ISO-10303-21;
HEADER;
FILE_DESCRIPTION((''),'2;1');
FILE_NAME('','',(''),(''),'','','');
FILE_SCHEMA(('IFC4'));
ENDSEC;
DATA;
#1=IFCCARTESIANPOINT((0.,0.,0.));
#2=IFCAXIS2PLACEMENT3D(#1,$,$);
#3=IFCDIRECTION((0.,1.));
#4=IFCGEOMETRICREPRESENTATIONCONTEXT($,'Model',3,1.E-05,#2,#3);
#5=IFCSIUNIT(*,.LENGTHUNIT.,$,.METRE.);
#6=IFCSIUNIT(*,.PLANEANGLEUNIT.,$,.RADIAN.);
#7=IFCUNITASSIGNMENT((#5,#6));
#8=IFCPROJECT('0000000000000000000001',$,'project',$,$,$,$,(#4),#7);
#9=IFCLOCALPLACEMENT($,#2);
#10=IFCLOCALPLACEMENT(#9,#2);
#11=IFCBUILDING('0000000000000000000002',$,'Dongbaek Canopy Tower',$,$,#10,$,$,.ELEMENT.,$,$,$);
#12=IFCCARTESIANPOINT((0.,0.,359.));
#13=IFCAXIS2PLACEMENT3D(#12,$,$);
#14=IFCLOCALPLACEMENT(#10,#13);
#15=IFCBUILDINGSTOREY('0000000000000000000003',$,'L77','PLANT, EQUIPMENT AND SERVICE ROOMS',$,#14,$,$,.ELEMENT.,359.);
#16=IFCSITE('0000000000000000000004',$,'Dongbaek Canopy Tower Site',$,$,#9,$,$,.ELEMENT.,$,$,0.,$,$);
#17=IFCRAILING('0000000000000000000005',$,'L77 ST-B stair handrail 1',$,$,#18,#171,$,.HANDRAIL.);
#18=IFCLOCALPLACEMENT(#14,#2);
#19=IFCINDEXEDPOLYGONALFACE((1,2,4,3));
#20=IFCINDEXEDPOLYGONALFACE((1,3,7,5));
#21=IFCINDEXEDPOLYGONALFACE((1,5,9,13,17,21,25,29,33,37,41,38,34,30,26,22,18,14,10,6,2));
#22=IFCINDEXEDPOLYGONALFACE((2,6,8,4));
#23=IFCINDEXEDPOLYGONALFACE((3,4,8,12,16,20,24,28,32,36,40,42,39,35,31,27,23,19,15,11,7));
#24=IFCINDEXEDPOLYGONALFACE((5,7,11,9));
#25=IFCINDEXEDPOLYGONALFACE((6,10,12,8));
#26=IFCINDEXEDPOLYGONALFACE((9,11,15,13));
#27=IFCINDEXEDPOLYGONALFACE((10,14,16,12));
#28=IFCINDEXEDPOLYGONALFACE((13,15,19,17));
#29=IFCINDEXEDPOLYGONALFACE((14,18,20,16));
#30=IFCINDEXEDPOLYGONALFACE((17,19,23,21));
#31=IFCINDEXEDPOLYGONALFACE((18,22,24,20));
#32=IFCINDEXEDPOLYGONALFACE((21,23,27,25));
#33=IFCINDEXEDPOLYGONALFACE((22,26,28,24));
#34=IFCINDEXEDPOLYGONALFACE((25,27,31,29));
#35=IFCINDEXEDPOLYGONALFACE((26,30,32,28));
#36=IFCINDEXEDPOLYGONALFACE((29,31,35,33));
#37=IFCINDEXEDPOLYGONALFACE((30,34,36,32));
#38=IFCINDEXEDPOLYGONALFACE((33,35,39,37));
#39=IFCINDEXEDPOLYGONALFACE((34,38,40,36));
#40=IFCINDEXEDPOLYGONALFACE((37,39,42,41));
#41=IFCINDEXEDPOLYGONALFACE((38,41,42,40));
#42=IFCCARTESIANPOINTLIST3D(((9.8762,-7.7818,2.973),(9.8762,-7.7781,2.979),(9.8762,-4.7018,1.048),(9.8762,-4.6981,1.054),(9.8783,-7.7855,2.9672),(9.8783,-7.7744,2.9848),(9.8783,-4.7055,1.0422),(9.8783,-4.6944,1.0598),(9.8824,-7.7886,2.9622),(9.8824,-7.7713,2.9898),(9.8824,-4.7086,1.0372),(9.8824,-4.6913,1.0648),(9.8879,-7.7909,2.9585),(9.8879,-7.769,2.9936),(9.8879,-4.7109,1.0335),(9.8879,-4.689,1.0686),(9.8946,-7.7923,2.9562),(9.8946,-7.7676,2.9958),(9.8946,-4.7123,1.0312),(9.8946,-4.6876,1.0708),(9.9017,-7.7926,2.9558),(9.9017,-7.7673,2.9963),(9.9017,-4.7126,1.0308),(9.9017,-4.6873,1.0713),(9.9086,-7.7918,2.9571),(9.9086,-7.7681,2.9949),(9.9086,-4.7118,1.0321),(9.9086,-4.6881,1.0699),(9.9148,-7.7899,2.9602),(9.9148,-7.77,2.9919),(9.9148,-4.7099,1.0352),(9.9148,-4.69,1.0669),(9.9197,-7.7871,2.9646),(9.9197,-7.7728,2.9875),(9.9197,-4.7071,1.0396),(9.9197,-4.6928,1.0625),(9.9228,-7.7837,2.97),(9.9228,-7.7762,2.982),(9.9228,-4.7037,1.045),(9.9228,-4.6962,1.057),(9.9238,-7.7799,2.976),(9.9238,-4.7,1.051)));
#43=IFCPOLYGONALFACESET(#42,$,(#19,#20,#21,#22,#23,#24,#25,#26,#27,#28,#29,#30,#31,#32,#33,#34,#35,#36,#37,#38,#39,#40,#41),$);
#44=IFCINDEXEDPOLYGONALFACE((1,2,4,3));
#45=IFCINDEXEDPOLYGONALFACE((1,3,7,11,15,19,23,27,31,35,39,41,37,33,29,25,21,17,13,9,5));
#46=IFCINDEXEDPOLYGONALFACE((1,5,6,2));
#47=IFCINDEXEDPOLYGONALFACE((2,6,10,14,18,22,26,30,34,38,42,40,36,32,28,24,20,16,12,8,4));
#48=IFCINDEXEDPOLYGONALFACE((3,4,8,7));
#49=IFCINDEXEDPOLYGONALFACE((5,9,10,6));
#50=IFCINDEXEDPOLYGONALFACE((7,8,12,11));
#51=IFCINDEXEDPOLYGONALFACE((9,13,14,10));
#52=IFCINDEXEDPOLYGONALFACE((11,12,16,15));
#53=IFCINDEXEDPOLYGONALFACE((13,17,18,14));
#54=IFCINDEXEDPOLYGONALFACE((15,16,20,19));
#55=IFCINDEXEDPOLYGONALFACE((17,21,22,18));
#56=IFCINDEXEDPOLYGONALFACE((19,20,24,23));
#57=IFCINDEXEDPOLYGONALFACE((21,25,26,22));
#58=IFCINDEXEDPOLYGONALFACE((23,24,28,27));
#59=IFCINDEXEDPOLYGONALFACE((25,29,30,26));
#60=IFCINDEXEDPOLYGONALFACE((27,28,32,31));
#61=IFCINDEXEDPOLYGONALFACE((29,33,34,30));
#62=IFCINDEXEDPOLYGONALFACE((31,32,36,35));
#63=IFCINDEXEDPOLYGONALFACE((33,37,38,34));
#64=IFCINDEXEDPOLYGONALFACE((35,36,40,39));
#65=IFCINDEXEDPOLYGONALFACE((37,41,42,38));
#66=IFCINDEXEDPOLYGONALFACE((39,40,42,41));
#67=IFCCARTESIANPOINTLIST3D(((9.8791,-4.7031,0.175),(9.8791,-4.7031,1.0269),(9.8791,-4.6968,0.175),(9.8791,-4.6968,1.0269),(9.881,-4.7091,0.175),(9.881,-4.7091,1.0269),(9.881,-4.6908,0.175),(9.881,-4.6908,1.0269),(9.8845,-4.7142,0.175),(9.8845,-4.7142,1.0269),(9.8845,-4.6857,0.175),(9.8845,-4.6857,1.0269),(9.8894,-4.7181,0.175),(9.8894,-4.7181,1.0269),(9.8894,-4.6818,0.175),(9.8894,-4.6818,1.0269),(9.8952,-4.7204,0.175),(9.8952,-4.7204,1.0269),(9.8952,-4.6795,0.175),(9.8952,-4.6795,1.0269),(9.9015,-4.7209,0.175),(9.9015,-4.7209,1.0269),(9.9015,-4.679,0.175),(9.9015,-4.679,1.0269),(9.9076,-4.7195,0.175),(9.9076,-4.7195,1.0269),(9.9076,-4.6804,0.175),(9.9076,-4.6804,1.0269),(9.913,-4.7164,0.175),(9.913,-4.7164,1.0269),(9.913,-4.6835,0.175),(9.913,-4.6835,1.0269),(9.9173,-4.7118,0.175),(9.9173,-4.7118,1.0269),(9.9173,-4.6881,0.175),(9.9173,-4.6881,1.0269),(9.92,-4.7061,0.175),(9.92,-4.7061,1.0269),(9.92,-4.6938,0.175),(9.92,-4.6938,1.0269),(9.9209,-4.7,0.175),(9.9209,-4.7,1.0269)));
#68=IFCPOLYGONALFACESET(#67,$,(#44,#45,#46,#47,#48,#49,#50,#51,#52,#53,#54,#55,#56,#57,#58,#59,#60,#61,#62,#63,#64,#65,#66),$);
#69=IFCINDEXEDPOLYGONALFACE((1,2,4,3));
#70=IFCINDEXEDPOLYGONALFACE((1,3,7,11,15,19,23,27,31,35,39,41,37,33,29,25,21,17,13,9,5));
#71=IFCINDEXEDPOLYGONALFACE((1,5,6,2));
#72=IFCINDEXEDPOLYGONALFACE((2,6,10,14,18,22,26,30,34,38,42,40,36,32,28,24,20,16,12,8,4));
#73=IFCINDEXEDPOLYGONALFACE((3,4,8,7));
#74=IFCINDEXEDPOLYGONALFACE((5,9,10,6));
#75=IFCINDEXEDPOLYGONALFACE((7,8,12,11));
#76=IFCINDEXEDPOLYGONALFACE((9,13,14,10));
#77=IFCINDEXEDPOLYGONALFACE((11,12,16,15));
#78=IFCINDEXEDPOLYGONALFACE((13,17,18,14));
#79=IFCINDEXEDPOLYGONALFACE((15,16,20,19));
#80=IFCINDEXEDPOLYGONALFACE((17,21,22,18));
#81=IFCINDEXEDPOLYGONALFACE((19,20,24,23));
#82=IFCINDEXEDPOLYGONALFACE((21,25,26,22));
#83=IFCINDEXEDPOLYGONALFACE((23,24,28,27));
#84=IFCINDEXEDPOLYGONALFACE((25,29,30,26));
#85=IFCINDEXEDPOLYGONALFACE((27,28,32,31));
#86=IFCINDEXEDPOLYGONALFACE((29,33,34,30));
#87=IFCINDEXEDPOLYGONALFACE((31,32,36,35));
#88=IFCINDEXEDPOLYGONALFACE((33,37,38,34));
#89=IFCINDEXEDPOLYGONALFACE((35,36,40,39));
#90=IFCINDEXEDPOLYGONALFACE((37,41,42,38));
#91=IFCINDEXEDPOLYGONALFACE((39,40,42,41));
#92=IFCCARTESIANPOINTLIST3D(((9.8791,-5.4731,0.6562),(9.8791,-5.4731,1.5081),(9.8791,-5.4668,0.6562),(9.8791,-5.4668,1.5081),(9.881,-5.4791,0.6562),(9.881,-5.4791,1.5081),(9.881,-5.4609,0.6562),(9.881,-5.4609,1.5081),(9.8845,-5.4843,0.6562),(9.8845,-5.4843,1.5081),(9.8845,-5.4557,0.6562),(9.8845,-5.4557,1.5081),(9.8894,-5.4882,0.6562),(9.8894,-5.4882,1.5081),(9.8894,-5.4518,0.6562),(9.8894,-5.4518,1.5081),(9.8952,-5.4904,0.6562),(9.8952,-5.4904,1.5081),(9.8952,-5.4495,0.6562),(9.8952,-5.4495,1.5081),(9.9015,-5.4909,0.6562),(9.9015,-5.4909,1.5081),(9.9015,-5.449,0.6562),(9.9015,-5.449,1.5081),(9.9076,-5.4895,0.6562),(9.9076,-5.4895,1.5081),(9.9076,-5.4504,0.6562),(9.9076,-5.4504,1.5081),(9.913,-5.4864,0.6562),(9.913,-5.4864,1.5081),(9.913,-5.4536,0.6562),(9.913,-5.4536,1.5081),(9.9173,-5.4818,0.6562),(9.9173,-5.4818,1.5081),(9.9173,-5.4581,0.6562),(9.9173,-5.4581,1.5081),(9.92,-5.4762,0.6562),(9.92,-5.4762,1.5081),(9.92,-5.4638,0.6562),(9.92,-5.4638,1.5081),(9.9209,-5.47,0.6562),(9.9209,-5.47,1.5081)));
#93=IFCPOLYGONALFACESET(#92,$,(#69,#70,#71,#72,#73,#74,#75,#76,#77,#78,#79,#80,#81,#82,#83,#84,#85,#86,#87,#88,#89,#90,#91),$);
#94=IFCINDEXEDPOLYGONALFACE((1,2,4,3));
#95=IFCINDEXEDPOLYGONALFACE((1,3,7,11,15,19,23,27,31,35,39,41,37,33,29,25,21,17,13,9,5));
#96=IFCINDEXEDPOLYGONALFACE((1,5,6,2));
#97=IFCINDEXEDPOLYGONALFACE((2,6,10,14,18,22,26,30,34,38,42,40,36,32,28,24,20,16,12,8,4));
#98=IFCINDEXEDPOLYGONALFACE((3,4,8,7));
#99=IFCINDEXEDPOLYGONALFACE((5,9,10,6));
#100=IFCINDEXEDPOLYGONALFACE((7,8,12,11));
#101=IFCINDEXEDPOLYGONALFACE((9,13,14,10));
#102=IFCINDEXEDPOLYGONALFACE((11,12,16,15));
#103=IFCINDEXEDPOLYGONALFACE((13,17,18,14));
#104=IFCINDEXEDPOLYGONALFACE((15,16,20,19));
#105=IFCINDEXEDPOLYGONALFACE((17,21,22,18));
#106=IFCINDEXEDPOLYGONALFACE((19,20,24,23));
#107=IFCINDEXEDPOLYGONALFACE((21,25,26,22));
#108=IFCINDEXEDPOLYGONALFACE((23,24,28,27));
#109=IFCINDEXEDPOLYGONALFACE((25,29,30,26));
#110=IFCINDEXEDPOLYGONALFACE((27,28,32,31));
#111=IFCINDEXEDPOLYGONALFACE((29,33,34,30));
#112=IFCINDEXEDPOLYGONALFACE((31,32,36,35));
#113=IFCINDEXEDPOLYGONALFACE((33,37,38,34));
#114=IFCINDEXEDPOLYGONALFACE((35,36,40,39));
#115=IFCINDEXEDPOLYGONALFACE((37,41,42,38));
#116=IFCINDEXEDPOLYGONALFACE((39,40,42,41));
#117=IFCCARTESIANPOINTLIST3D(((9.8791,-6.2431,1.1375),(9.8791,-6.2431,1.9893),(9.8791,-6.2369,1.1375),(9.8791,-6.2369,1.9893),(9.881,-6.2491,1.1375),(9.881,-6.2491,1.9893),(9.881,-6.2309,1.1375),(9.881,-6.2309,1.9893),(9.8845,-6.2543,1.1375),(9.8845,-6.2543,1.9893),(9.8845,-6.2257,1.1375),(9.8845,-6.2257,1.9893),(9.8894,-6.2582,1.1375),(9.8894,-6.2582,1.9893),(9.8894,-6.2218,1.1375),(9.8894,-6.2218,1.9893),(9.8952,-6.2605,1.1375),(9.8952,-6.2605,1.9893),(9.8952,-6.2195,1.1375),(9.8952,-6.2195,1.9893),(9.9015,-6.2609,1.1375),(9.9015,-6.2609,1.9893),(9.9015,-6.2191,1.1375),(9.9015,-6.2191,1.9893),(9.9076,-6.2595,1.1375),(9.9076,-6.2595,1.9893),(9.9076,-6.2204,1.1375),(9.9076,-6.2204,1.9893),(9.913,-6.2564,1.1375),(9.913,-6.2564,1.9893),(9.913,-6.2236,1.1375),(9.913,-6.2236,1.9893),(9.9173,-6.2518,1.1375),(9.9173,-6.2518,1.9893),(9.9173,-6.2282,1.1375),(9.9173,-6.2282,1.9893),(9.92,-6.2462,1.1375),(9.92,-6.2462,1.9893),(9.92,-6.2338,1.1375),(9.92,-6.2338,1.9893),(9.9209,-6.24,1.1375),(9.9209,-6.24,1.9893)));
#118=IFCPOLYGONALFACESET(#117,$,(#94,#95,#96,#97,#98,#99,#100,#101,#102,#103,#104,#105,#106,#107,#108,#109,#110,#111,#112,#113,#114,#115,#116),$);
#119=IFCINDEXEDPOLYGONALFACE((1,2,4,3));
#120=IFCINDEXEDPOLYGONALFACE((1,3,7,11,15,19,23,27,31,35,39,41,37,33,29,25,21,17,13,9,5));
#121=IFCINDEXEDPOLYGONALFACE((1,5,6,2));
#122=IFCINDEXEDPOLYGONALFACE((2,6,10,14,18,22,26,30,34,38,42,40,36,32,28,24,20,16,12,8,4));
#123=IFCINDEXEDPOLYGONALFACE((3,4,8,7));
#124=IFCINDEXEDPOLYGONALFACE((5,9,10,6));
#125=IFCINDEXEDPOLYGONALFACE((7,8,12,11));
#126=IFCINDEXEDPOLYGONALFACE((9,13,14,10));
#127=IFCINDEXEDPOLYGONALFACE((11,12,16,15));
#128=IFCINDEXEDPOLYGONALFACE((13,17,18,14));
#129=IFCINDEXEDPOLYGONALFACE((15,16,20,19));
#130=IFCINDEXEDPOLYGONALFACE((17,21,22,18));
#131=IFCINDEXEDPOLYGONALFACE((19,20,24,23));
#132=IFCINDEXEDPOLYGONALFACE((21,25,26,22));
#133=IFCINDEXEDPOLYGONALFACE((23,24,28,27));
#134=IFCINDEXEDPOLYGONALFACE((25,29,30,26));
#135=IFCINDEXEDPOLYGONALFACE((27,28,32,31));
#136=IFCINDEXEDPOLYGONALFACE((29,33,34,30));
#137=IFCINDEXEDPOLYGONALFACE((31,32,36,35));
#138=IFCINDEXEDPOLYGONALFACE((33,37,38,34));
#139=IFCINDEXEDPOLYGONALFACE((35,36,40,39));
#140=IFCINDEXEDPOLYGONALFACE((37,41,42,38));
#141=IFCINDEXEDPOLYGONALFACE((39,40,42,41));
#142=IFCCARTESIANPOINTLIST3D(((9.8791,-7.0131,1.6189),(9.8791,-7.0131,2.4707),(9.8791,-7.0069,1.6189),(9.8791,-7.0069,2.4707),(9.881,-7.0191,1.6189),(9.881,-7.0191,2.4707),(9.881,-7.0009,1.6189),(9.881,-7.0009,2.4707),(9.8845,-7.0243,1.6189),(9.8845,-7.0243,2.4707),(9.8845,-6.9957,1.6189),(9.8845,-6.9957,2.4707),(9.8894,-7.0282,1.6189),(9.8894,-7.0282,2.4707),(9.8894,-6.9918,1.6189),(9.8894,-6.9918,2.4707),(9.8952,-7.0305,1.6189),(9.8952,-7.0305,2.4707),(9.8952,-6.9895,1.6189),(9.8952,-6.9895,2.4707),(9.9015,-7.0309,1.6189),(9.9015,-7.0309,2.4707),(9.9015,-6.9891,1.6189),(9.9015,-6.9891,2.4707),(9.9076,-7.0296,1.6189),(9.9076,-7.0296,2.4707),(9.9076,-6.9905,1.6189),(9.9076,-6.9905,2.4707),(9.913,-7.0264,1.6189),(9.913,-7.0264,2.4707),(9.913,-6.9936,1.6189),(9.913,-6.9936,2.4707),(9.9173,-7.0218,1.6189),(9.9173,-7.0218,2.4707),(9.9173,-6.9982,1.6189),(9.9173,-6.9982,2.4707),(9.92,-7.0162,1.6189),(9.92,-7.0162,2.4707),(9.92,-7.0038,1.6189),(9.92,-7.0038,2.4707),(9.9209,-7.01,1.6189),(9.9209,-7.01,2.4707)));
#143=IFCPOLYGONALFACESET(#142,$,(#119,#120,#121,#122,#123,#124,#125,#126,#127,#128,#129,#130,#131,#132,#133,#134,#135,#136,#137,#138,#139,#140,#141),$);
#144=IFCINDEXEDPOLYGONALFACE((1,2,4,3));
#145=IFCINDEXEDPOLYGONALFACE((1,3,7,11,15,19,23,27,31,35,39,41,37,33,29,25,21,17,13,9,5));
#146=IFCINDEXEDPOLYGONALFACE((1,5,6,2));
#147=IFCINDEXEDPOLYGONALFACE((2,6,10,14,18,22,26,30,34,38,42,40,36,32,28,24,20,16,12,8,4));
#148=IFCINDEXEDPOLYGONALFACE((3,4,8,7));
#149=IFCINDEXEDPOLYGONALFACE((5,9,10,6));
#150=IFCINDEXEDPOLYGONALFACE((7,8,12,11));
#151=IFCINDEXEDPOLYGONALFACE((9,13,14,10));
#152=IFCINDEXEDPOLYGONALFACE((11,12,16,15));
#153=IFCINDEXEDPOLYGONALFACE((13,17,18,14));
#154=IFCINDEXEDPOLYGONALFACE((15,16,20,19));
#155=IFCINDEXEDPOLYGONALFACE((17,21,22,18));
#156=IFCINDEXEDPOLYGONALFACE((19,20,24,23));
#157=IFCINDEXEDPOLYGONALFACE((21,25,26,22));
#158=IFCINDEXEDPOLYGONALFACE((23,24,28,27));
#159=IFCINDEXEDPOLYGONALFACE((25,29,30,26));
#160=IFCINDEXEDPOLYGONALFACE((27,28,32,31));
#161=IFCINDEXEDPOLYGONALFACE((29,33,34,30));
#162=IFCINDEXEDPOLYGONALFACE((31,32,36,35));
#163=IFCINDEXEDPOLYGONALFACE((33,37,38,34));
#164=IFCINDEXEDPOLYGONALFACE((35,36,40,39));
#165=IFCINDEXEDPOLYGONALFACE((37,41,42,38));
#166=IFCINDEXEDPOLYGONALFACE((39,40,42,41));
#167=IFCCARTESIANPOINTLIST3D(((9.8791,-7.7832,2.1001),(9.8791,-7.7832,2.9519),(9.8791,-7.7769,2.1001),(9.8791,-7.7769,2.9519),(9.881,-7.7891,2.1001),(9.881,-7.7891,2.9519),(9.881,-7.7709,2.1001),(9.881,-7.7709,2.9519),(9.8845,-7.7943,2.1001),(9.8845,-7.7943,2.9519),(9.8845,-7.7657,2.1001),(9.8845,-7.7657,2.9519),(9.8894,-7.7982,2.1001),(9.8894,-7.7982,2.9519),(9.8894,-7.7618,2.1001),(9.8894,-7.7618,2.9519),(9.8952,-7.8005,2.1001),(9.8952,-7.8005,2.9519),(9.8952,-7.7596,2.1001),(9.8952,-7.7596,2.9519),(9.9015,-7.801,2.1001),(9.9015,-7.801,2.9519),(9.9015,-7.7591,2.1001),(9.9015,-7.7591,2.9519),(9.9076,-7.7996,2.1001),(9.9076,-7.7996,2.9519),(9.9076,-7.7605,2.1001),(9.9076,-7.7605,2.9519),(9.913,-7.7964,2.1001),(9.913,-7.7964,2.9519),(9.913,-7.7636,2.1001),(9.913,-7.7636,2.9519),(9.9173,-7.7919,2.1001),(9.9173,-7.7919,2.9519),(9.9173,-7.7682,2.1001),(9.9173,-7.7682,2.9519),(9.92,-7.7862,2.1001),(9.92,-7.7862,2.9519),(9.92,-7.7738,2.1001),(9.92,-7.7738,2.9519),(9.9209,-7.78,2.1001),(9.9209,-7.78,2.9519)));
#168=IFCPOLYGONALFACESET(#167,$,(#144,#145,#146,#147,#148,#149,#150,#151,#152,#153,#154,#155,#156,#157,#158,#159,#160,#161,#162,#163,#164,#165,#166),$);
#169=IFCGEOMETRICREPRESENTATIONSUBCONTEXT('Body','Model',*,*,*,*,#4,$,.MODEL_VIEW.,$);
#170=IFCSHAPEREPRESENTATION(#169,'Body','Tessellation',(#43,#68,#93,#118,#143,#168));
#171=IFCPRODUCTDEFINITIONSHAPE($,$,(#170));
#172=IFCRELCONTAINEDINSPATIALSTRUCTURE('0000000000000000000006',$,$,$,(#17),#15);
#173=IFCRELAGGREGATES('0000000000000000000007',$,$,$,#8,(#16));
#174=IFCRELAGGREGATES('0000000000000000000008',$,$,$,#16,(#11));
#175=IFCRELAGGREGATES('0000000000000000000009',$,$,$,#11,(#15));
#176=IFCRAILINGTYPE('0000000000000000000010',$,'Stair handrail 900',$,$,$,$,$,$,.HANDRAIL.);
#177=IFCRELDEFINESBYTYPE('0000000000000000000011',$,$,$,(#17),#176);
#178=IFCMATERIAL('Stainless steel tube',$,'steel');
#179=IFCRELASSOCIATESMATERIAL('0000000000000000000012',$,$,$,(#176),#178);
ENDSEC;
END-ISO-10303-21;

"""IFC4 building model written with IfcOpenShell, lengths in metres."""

from ifc_helpers import new_model, si_unit, direction, frame, origin, origin_2d, place, context, subcontext, project, spatial, circle, extrude, material, type_object, element, save


model = new_model("IFC4")

# Units and contexts
model_context = context("Model", 3, precision=1e-05, world=origin(), true_north=direction((0.0, 1.0)))
body_context = subcontext(model_context, "Body", "Model", "MODEL_VIEW")
ifc_project = project(units=[si_unit("LENGTHUNIT", "METRE"), si_unit("PLANEANGLEUNIT", "RADIAN")], contexts=[model_context])

# Site, building, storey
site_placement = place(None, origin())
site = spatial("IfcSite", under=ifc_project, at=site_placement, Name="Dongbaek Canopy Tower Site", CompositionType="ELEMENT", RefElevation=0.0)
building_placement = place(site_placement, origin())
building = spatial("IfcBuilding", under=site, at=building_placement, Name="Dongbaek Canopy Tower", CompositionType="ELEMENT")
storey_placement = place(building_placement, frame((0.0, 0.0, 359.0)))
storey = spatial("IfcBuildingStorey", under=building, at=storey_placement, Name="L77", Description="PLANT, EQUIPMENT AND SERVICE ROOMS", CompositionType="ELEMENT", Elevation=359.0)

# Railing
ifc_material_1 = material(Name="Stainless steel tube", Category="steel")
railing_type_1 = type_object("IfcRailingType", Name="Stair handrail 900", PredefinedType="HANDRAIL", material=ifc_material_1)
railing_1_placement = place(storey_placement, frame((9.8999, -4.7, 0.175)))
element("IfcRailing", 1, at=railing_1_placement, inside=storey, type_object=railing_type_1, Name="L77 ST-B stair handrail 1", PredefinedType="HANDRAIL", context=body_context, shape_type="SweptSolid", body=[
    extrude(circle(Radius=0.0239, at=origin_2d()), frame((0.0, 0.0, 0.876), z_axis=(0.0, -0.847998, 0.529999), x_axis=(1.0, 0.0, 0.0)), (0.0, 0.0, 1.0), 3.6321),
    extrude(circle(Radius=0.021, at=origin_2d()), origin(), (0.0, 0.0, 1.0), 0.8518),
    extrude(circle(Radius=0.021, at=origin_2d()), frame((0.0, -0.77, 0.4812)), (0.0, 0.0, 1.0), 0.8518),
    extrude(circle(Radius=0.021, at=origin_2d()), frame((0.0, -1.54, 0.9624)), (0.0, 0.0, 1.0), 0.8518),
    extrude(circle(Radius=0.021, at=origin_2d()), frame((0.0, -2.3101, 1.4438)), (0.0, 0.0, 1.0), 0.8518),
    extrude(circle(Radius=0.021, at=origin_2d()), frame((0.0, -3.0801, 1.925)), (0.0, 0.0, 1.0), 0.8518),
])

save(model, "model.ifc")
